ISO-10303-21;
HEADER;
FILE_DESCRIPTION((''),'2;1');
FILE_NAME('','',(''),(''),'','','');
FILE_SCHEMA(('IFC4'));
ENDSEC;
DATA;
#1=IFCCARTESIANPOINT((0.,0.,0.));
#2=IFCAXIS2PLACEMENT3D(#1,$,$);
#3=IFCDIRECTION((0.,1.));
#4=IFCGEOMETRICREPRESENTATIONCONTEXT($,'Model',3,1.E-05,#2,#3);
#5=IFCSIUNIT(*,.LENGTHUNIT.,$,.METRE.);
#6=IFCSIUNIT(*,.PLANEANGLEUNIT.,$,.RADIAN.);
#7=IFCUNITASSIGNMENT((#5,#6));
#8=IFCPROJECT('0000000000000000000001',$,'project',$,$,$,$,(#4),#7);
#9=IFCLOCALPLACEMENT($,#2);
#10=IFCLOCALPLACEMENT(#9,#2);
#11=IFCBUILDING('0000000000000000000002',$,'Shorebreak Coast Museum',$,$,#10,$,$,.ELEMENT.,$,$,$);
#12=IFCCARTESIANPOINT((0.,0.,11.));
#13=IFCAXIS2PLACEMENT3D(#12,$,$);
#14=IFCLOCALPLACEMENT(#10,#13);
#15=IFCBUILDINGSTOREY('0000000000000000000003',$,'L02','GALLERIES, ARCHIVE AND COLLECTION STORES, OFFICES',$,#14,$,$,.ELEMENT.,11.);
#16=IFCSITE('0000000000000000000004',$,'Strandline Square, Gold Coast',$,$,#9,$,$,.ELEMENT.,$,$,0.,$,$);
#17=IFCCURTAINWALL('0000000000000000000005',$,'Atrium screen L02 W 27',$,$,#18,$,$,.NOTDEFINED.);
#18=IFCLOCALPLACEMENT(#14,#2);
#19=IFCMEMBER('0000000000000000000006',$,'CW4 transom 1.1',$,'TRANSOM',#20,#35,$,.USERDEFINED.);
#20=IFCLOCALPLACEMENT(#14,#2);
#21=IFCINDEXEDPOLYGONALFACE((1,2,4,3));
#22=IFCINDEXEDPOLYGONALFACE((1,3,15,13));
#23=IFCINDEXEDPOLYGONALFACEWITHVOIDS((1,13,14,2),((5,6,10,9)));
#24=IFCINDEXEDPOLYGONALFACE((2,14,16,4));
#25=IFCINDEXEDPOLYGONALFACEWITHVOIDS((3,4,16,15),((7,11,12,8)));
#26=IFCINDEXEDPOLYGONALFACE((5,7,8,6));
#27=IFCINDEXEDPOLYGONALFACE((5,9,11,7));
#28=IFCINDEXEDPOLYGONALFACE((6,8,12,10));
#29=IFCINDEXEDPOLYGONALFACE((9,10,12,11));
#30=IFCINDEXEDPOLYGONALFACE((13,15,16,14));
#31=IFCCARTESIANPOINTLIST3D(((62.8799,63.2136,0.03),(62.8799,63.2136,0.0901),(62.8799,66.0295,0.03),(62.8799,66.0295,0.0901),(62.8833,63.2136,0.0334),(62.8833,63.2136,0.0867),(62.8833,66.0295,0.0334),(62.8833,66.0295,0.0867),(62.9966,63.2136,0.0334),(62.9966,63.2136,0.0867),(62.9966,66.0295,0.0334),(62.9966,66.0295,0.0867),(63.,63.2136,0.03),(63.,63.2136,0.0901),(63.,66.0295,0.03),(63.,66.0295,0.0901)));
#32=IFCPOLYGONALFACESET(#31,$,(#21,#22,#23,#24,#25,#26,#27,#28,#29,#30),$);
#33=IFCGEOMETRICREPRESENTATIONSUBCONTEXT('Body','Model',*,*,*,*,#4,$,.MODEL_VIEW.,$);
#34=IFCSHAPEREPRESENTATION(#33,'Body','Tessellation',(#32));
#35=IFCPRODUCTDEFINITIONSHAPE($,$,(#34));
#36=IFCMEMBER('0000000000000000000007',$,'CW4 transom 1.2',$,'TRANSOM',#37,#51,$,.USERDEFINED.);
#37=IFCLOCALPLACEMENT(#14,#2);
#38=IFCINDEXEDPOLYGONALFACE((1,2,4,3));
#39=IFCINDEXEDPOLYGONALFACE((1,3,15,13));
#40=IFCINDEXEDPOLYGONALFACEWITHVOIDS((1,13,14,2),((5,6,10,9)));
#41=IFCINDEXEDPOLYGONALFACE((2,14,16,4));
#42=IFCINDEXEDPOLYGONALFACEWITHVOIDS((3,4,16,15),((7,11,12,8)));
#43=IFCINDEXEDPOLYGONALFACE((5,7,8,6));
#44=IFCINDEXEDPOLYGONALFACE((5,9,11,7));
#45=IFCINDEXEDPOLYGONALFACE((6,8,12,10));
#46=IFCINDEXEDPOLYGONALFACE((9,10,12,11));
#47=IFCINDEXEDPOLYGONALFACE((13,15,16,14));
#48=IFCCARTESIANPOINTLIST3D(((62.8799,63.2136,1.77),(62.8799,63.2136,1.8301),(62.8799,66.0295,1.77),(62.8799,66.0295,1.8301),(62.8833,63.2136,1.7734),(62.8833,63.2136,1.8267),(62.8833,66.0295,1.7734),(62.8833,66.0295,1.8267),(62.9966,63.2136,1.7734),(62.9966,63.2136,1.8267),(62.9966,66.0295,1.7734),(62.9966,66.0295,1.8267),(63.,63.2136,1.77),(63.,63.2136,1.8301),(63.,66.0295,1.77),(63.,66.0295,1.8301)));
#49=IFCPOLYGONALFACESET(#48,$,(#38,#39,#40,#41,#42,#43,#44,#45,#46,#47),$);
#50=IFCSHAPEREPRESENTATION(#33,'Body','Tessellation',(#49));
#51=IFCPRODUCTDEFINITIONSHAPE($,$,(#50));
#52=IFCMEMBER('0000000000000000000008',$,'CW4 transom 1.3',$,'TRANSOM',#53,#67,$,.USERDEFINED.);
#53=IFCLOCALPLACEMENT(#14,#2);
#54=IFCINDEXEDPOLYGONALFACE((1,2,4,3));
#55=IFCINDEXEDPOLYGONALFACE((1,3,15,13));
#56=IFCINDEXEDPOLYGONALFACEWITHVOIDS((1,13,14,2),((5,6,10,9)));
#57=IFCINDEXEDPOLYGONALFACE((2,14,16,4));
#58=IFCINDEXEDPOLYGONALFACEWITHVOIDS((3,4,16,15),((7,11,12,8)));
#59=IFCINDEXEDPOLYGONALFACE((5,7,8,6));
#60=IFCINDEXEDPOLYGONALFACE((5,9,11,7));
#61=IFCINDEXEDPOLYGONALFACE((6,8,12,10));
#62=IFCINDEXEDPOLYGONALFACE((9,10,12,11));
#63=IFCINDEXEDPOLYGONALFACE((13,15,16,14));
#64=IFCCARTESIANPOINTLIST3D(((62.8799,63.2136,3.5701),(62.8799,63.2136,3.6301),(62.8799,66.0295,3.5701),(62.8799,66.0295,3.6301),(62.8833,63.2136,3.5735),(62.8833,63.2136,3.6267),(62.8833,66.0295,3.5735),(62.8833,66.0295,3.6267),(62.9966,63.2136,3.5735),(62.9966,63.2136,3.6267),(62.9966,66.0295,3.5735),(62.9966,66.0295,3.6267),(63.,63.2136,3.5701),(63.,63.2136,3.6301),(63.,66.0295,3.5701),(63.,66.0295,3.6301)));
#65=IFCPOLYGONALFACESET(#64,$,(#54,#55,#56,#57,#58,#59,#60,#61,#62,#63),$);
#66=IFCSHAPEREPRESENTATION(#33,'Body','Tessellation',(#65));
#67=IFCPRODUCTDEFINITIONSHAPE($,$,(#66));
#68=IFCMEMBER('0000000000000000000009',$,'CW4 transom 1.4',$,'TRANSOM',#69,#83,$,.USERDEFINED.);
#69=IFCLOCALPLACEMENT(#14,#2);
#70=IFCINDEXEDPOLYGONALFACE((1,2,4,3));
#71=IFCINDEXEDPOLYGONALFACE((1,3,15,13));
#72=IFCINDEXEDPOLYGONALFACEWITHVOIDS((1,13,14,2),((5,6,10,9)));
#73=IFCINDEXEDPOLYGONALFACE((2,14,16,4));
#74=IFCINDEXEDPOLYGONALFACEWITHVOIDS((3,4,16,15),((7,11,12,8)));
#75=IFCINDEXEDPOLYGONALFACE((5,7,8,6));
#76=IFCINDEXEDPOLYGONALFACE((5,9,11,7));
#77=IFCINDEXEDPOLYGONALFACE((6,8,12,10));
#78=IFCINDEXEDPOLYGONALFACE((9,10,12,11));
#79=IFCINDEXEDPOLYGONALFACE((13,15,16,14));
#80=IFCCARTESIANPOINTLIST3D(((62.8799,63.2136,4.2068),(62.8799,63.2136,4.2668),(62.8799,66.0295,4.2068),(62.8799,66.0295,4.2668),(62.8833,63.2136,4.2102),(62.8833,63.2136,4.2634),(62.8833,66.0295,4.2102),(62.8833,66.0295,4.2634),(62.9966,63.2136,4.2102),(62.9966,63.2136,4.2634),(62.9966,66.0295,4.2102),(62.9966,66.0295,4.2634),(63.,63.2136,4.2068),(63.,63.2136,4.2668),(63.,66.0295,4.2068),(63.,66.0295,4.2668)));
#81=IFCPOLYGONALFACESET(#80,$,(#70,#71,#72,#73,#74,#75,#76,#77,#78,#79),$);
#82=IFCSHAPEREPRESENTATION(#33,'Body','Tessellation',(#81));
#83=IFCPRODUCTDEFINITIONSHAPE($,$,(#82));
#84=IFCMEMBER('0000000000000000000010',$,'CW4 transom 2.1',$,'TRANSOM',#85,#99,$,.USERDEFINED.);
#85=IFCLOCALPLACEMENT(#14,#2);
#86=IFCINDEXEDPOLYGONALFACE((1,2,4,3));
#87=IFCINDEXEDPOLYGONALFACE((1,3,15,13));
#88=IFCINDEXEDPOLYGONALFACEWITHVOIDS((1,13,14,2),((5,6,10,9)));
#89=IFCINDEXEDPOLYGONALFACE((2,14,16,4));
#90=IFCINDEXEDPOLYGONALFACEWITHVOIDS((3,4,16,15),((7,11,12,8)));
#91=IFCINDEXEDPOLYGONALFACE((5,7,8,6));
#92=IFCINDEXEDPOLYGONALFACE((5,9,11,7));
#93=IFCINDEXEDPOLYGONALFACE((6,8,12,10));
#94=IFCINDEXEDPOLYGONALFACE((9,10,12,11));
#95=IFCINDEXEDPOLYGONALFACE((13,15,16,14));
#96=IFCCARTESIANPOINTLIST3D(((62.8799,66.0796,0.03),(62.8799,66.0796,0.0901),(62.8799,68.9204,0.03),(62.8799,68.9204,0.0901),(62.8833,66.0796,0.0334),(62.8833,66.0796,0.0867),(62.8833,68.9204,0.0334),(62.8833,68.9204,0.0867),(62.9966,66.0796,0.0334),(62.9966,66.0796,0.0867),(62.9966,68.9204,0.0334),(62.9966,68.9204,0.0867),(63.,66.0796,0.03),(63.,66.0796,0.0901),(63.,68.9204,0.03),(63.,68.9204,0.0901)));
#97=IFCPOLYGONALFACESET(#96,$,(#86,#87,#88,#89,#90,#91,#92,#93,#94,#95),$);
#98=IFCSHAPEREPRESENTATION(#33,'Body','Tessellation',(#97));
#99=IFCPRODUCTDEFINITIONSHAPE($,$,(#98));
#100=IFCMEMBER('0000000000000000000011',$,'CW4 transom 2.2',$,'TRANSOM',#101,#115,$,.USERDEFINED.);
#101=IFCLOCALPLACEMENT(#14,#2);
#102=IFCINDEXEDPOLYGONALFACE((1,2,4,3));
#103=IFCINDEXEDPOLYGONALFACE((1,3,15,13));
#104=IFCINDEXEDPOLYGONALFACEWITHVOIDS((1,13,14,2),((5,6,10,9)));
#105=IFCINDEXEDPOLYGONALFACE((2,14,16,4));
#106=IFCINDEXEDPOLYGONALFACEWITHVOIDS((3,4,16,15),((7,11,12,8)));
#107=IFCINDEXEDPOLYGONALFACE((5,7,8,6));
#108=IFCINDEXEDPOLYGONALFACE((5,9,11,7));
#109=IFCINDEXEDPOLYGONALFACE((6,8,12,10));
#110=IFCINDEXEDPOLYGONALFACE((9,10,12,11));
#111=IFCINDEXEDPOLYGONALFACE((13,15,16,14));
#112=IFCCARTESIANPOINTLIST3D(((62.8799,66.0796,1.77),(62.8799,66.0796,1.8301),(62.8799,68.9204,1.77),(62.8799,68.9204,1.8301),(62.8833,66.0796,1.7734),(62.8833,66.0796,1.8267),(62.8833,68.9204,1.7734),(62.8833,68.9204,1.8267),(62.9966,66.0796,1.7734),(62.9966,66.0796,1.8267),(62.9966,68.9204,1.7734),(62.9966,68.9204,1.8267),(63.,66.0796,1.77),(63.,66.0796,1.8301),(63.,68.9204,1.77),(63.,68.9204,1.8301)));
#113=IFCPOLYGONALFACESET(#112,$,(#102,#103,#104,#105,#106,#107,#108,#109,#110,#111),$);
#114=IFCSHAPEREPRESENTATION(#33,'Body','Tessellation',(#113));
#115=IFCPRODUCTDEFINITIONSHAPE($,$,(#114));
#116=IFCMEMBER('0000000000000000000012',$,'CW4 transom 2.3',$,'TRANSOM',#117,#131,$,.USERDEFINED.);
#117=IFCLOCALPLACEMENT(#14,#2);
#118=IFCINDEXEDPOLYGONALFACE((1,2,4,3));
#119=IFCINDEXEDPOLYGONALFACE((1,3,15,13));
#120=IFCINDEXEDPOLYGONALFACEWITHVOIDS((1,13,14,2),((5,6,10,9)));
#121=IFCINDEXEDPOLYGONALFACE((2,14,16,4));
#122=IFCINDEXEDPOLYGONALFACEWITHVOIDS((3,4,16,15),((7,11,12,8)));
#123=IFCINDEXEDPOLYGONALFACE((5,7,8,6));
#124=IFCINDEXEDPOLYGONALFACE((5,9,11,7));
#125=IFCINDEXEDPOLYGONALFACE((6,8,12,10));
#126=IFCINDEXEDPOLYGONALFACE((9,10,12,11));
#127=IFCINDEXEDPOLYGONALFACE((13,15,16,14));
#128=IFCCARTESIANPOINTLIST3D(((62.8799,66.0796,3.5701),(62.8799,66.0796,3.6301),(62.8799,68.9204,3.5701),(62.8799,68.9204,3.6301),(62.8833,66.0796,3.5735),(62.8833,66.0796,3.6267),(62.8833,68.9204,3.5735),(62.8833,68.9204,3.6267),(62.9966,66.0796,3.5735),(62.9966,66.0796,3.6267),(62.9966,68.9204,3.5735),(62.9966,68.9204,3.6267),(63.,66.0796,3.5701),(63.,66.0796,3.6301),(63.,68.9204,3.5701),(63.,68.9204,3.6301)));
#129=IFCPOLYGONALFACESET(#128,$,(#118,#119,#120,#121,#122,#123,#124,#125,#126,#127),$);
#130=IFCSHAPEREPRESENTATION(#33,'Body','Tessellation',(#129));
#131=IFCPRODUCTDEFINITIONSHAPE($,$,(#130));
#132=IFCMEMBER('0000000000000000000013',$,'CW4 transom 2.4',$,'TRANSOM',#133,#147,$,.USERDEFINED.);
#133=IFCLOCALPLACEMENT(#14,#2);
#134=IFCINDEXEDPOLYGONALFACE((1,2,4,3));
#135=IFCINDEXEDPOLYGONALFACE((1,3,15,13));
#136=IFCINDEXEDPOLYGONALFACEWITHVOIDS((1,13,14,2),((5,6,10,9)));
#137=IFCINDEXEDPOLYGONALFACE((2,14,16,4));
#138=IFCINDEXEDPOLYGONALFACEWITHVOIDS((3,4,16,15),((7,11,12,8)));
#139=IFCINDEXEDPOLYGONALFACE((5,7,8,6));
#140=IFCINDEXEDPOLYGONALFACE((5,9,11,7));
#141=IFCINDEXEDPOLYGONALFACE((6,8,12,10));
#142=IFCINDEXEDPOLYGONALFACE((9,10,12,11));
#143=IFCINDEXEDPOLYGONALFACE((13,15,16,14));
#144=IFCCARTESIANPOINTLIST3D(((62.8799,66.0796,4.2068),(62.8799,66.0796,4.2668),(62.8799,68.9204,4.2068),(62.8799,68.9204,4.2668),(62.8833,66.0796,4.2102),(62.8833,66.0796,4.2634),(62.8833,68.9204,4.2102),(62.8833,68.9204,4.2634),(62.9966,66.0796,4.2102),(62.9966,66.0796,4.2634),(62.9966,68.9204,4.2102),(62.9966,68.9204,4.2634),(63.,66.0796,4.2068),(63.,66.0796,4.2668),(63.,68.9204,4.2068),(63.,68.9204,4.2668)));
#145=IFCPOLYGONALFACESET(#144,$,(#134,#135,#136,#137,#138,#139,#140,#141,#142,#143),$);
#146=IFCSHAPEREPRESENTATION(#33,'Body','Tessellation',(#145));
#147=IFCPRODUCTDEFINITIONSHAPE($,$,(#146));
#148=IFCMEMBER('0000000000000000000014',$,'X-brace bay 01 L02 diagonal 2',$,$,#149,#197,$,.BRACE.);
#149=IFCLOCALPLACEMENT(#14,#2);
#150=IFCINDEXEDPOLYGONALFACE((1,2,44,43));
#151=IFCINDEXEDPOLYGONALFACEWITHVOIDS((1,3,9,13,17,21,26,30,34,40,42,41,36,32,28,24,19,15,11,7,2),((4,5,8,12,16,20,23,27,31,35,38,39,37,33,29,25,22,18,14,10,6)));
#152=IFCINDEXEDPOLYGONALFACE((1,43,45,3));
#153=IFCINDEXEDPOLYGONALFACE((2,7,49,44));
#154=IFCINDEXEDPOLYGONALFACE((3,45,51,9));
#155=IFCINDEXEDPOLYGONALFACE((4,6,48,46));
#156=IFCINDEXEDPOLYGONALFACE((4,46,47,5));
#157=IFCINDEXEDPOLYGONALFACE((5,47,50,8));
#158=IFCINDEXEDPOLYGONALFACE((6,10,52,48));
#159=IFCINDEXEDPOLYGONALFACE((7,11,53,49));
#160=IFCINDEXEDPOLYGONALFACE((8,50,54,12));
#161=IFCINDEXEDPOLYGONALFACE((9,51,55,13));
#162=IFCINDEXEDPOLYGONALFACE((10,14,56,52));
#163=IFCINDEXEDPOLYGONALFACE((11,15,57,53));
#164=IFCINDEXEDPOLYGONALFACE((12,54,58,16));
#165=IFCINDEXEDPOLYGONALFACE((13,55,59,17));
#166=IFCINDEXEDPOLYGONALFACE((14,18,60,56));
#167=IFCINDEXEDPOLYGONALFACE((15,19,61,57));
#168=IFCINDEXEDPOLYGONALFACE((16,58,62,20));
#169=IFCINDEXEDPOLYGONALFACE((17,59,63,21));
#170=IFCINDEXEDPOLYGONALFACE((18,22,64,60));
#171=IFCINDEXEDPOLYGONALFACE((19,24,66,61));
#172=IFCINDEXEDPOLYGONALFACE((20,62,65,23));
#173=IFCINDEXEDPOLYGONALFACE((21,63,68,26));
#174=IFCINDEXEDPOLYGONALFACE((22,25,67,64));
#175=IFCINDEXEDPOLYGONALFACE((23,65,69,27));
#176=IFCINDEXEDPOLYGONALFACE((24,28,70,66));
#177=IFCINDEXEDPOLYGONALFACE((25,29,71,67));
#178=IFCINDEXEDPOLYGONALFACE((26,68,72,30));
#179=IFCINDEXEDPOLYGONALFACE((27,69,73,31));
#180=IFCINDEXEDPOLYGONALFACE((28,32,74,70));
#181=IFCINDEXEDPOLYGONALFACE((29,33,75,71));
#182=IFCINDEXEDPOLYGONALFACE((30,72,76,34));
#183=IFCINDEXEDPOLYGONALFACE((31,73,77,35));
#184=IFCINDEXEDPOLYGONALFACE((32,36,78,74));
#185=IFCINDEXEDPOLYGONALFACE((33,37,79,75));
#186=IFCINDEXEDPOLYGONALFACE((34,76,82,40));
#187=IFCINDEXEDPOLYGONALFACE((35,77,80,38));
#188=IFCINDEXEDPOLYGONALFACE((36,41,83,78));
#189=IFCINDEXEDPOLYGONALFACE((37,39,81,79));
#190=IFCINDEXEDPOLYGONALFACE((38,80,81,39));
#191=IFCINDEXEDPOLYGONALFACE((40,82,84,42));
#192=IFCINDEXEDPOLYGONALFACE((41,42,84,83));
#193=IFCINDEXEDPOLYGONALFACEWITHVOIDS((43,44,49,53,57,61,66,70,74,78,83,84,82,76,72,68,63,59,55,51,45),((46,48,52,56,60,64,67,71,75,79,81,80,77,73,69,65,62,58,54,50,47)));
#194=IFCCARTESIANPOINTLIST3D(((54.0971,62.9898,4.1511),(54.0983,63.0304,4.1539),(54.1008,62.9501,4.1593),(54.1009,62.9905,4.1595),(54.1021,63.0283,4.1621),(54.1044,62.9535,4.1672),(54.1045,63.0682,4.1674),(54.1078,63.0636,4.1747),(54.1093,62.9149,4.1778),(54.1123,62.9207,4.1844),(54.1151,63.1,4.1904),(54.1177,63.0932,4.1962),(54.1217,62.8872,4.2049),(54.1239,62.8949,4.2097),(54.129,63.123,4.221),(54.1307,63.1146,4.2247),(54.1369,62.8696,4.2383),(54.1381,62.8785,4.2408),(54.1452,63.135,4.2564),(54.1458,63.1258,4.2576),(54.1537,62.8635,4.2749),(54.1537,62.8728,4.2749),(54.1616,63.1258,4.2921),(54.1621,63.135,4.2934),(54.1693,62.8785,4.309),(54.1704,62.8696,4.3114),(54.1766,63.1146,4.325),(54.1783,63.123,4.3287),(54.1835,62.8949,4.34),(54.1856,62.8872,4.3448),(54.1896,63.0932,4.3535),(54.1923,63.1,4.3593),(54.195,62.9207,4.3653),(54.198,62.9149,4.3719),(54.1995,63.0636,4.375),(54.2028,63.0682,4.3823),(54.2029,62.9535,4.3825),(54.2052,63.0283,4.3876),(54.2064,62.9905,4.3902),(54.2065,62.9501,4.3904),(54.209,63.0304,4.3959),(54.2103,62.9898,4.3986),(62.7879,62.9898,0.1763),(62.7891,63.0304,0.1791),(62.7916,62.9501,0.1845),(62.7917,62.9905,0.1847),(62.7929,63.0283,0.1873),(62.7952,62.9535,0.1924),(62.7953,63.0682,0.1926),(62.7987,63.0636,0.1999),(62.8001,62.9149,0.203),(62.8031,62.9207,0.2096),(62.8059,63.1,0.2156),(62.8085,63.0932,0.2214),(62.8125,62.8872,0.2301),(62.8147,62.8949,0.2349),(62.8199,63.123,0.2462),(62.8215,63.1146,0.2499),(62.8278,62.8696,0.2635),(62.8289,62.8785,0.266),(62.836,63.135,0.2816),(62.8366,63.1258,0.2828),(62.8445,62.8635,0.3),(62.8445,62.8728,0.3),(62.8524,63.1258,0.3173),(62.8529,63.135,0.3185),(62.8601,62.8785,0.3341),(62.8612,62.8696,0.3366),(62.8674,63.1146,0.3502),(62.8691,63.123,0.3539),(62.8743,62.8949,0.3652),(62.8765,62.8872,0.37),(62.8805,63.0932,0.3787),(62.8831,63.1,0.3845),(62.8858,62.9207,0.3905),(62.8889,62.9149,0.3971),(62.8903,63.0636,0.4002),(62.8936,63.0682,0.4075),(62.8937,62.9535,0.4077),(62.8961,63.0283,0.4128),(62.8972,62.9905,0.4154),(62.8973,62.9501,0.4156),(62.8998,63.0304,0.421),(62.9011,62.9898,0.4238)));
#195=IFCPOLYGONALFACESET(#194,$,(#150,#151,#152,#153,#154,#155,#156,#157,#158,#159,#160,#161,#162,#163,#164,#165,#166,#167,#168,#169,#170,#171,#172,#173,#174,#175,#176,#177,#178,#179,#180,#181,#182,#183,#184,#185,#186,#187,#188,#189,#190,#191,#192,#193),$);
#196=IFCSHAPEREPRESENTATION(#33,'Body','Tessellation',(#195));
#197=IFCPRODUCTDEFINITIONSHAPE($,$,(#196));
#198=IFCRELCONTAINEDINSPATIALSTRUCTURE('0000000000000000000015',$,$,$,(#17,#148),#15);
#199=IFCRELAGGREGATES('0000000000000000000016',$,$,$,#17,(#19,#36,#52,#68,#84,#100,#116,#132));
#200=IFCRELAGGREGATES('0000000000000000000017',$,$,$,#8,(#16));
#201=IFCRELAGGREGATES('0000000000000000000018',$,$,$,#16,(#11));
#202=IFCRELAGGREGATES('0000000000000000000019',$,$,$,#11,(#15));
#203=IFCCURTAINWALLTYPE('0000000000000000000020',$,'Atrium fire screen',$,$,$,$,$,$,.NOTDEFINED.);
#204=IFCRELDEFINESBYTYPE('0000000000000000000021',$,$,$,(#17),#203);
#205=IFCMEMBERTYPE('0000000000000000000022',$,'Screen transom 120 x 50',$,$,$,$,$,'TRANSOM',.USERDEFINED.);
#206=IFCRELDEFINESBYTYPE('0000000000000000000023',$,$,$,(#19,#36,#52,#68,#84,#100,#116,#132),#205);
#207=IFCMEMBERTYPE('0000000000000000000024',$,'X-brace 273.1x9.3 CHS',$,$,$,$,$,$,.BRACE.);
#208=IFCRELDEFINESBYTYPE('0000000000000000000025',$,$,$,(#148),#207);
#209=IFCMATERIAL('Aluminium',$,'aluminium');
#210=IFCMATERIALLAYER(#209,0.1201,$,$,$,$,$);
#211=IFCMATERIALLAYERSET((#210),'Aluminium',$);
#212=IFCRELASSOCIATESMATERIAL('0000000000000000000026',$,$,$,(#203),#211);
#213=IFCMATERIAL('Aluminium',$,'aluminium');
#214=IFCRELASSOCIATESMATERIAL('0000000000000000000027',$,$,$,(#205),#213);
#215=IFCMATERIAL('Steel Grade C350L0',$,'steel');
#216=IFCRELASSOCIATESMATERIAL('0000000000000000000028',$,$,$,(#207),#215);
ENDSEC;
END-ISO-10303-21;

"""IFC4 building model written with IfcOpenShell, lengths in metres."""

from ifc_helpers import new_model, si_unit, direction, frame, origin, origin_2d, place, context, subcontext, project, spatial, hollow_rectangle, hollow_circle, extrude, material, layer, layer_set, material_profile, profile_set, type_object, element, aggregate, save


model = new_model("IFC4")

# Units and contexts
model_context = context("Model", 3, precision=1e-05, world=origin(), true_north=direction((0.0, 1.0)))
body_context = subcontext(model_context, "Body", "Model", "MODEL_VIEW")
ifc_project = project(units=[si_unit("LENGTHUNIT", "METRE"), si_unit("PLANEANGLEUNIT", "RADIAN")], contexts=[model_context])

# Site, building, storey
site_placement = place(None, origin())
site = spatial("IfcSite", under=ifc_project, at=site_placement, Name="Strandline Square, Gold Coast", CompositionType="ELEMENT", RefElevation=0.0)
building_placement = place(site_placement, origin())
building = spatial("IfcBuilding", under=site, at=building_placement, Name="Shorebreak Coast Museum", CompositionType="ELEMENT")
storey_placement = place(building_placement, frame((0.0, 0.0, 11.0)))
storey = spatial("IfcBuildingStorey", under=building, at=storey_placement, Name="L02", Description="GALLERIES, ARCHIVE AND COLLECTION STORES, OFFICES", CompositionType="ELEMENT", Elevation=11.0)

# Curtain wall, members
ifc_material_1 = material(Name="Aluminium", Category="aluminium")
ifc_layer_1 = layer(ifc_material_1, 0.1201)
ifc_layer_set_1 = layer_set([ifc_layer_1], Name="Aluminium")
curtain_wall_type = type_object("IfcCurtainWallType", Name="Atrium fire screen", PredefinedType="NOTDEFINED", material=ifc_layer_set_1)
curtain_wall_placement = place(storey_placement, origin())
curtain_wall = element("IfcCurtainWall", 1, at=curtain_wall_placement, inside=storey, type_object=curtain_wall_type, Name="Atrium screen L02 W 27", PredefinedType="NOTDEFINED")
ifc_material_2 = material(Name="Aluminium", Category="aluminium")
ifc_material_profile_1 = material_profile(ifc_material_2, hollow_rectangle(XDim=0.1201, YDim=0.0601, WallThickness=0.0034, at=origin_2d()), Name="AL 60x120 RHS")
ifc_profile_set_1 = profile_set([ifc_material_profile_1], Name="Aluminium")
member_type_1 = type_object("IfcMemberType", Name="Screen transom 120 x 50", ElementType="TRANSOM", PredefinedType="USERDEFINED", material=ifc_profile_set_1)
member_1_placement = place(storey_placement, frame((62.9399, 63.2136, 0.0601), z_axis=(0.0, 1.0, 0.0), x_axis=(-1.0, 0.0, 0.0)))
member_1 = element("IfcMember", 2, at=member_1_placement, type_object=member_type_1, Name="CW4 transom 1.1", ObjectType="TRANSOM", PredefinedType="USERDEFINED", context=body_context, shape_type="SweptSolid", body=[
    extrude(hollow_rectangle(XDim=0.1201, YDim=0.0601, WallThickness=0.0034, at=origin_2d()), origin(), (0.0, 0.0, 1.0), 2.8159),
])
member_2_placement = place(storey_placement, frame((62.9399, 63.2136, 1.8), z_axis=(0.0, 1.0, 0.0), x_axis=(-1.0, 0.0, 0.0)))
member_2 = element("IfcMember", 3, at=member_2_placement, type_object=member_type_1, Name="CW4 transom 1.2", ObjectType="TRANSOM", PredefinedType="USERDEFINED", context=body_context, shape_type="SweptSolid", body=[
    extrude(hollow_rectangle(XDim=0.1201, YDim=0.0601, WallThickness=0.0034, at=origin_2d()), origin(), (0.0, 0.0, 1.0), 2.8159),
])
member_3_placement = place(storey_placement, frame((62.9399, 63.2136, 3.6001), z_axis=(0.0, 1.0, 0.0), x_axis=(-1.0, 0.0, 0.0)))
member_3 = element("IfcMember", 4, at=member_3_placement, type_object=member_type_1, Name="CW4 transom 1.3", ObjectType="TRANSOM", PredefinedType="USERDEFINED", context=body_context, shape_type="SweptSolid", body=[
    extrude(hollow_rectangle(XDim=0.1201, YDim=0.0601, WallThickness=0.0034, at=origin_2d()), origin(), (0.0, 0.0, 1.0), 2.8159),
])
member_4_placement = place(storey_placement, frame((62.9399, 63.2136, 4.2368), z_axis=(0.0, 1.0, 0.0), x_axis=(-1.0, 0.0, 0.0)))
member_4 = element("IfcMember", 5, at=member_4_placement, type_object=member_type_1, Name="CW4 transom 1.4", ObjectType="TRANSOM", PredefinedType="USERDEFINED", context=body_context, shape_type="SweptSolid", body=[
    extrude(hollow_rectangle(XDim=0.1201, YDim=0.0601, WallThickness=0.0034, at=origin_2d()), origin(), (0.0, 0.0, 1.0), 2.8159),
])
member_5_placement = place(storey_placement, frame((62.9399, 66.0796, 0.0601), z_axis=(0.0, 1.0, 0.0), x_axis=(-1.0, 0.0, 0.0)))
member_5 = element("IfcMember", 6, at=member_5_placement, type_object=member_type_1, Name="CW4 transom 2.1", ObjectType="TRANSOM", PredefinedType="USERDEFINED", context=body_context, shape_type="SweptSolid", body=[
    extrude(hollow_rectangle(XDim=0.1201, YDim=0.0601, WallThickness=0.0034, at=origin_2d()), origin(), (0.0, 0.0, 1.0), 2.8408),
])
member_6_placement = place(storey_placement, frame((62.9399, 66.0796, 1.8), z_axis=(0.0, 1.0, 0.0), x_axis=(-1.0, 0.0, 0.0)))
member_6 = element("IfcMember", 7, at=member_6_placement, type_object=member_type_1, Name="CW4 transom 2.2", ObjectType="TRANSOM", PredefinedType="USERDEFINED", context=body_context, shape_type="SweptSolid", body=[
    extrude(hollow_rectangle(XDim=0.1201, YDim=0.0601, WallThickness=0.0034, at=origin_2d()), origin(), (0.0, 0.0, 1.0), 2.8408),
])
member_7_placement = place(storey_placement, frame((62.9399, 66.0796, 3.6001), z_axis=(0.0, 1.0, 0.0), x_axis=(-1.0, 0.0, 0.0)))
member_7 = element("IfcMember", 8, at=member_7_placement, type_object=member_type_1, Name="CW4 transom 2.3", ObjectType="TRANSOM", PredefinedType="USERDEFINED", context=body_context, shape_type="SweptSolid", body=[
    extrude(hollow_rectangle(XDim=0.1201, YDim=0.0601, WallThickness=0.0034, at=origin_2d()), origin(), (0.0, 0.0, 1.0), 2.8408),
])
member_8_placement = place(storey_placement, frame((62.9399, 66.0796, 4.2368), z_axis=(0.0, 1.0, 0.0), x_axis=(-1.0, 0.0, 0.0)))
member_8 = element("IfcMember", 9, at=member_8_placement, type_object=member_type_1, Name="CW4 transom 2.4", ObjectType="TRANSOM", PredefinedType="USERDEFINED", context=body_context, shape_type="SweptSolid", body=[
    extrude(hollow_rectangle(XDim=0.1201, YDim=0.0601, WallThickness=0.0034, at=origin_2d()), origin(), (0.0, 0.0, 1.0), 2.8408),
])

# Member
ifc_material_3 = material(Name="Steel Grade C350L0", Category="steel")
ifc_material_profile_2 = material_profile(ifc_material_3, hollow_circle(Radius=0.1365, WallThickness=0.0093, at=origin_2d()), Name="273.1x9.3 CHS")
ifc_profile_set_2 = profile_set([ifc_material_profile_2], Name="Steel Grade C350L0")
member_type_2 = type_object("IfcMemberType", Name="X-brace 273.1x9.3 CHS", PredefinedType="BRACE", material=ifc_profile_set_2)
member_9_placement = place(storey_placement, frame((62.8445, 63.0, 0.3), z_axis=(-0.909401, 0.0, 0.415921), x_axis=(0.0, -1.0, 0.0)))
element("IfcMember", 10, at=member_9_placement, inside=storey, type_object=member_type_2, Name="X-brace bay 01 L02 diagonal 2", PredefinedType="BRACE", context=body_context, shape_type="SweptSolid", body=[
    extrude(hollow_circle(Radius=0.1365, WallThickness=0.0093, at=origin_2d()), origin(), (0.0, 0.0, 1.0), 9.5566),
])

aggregate(curtain_wall, [member_1, member_2, member_3, member_4, member_5, member_6, member_7, member_8])

save(model, "model.ifc")
